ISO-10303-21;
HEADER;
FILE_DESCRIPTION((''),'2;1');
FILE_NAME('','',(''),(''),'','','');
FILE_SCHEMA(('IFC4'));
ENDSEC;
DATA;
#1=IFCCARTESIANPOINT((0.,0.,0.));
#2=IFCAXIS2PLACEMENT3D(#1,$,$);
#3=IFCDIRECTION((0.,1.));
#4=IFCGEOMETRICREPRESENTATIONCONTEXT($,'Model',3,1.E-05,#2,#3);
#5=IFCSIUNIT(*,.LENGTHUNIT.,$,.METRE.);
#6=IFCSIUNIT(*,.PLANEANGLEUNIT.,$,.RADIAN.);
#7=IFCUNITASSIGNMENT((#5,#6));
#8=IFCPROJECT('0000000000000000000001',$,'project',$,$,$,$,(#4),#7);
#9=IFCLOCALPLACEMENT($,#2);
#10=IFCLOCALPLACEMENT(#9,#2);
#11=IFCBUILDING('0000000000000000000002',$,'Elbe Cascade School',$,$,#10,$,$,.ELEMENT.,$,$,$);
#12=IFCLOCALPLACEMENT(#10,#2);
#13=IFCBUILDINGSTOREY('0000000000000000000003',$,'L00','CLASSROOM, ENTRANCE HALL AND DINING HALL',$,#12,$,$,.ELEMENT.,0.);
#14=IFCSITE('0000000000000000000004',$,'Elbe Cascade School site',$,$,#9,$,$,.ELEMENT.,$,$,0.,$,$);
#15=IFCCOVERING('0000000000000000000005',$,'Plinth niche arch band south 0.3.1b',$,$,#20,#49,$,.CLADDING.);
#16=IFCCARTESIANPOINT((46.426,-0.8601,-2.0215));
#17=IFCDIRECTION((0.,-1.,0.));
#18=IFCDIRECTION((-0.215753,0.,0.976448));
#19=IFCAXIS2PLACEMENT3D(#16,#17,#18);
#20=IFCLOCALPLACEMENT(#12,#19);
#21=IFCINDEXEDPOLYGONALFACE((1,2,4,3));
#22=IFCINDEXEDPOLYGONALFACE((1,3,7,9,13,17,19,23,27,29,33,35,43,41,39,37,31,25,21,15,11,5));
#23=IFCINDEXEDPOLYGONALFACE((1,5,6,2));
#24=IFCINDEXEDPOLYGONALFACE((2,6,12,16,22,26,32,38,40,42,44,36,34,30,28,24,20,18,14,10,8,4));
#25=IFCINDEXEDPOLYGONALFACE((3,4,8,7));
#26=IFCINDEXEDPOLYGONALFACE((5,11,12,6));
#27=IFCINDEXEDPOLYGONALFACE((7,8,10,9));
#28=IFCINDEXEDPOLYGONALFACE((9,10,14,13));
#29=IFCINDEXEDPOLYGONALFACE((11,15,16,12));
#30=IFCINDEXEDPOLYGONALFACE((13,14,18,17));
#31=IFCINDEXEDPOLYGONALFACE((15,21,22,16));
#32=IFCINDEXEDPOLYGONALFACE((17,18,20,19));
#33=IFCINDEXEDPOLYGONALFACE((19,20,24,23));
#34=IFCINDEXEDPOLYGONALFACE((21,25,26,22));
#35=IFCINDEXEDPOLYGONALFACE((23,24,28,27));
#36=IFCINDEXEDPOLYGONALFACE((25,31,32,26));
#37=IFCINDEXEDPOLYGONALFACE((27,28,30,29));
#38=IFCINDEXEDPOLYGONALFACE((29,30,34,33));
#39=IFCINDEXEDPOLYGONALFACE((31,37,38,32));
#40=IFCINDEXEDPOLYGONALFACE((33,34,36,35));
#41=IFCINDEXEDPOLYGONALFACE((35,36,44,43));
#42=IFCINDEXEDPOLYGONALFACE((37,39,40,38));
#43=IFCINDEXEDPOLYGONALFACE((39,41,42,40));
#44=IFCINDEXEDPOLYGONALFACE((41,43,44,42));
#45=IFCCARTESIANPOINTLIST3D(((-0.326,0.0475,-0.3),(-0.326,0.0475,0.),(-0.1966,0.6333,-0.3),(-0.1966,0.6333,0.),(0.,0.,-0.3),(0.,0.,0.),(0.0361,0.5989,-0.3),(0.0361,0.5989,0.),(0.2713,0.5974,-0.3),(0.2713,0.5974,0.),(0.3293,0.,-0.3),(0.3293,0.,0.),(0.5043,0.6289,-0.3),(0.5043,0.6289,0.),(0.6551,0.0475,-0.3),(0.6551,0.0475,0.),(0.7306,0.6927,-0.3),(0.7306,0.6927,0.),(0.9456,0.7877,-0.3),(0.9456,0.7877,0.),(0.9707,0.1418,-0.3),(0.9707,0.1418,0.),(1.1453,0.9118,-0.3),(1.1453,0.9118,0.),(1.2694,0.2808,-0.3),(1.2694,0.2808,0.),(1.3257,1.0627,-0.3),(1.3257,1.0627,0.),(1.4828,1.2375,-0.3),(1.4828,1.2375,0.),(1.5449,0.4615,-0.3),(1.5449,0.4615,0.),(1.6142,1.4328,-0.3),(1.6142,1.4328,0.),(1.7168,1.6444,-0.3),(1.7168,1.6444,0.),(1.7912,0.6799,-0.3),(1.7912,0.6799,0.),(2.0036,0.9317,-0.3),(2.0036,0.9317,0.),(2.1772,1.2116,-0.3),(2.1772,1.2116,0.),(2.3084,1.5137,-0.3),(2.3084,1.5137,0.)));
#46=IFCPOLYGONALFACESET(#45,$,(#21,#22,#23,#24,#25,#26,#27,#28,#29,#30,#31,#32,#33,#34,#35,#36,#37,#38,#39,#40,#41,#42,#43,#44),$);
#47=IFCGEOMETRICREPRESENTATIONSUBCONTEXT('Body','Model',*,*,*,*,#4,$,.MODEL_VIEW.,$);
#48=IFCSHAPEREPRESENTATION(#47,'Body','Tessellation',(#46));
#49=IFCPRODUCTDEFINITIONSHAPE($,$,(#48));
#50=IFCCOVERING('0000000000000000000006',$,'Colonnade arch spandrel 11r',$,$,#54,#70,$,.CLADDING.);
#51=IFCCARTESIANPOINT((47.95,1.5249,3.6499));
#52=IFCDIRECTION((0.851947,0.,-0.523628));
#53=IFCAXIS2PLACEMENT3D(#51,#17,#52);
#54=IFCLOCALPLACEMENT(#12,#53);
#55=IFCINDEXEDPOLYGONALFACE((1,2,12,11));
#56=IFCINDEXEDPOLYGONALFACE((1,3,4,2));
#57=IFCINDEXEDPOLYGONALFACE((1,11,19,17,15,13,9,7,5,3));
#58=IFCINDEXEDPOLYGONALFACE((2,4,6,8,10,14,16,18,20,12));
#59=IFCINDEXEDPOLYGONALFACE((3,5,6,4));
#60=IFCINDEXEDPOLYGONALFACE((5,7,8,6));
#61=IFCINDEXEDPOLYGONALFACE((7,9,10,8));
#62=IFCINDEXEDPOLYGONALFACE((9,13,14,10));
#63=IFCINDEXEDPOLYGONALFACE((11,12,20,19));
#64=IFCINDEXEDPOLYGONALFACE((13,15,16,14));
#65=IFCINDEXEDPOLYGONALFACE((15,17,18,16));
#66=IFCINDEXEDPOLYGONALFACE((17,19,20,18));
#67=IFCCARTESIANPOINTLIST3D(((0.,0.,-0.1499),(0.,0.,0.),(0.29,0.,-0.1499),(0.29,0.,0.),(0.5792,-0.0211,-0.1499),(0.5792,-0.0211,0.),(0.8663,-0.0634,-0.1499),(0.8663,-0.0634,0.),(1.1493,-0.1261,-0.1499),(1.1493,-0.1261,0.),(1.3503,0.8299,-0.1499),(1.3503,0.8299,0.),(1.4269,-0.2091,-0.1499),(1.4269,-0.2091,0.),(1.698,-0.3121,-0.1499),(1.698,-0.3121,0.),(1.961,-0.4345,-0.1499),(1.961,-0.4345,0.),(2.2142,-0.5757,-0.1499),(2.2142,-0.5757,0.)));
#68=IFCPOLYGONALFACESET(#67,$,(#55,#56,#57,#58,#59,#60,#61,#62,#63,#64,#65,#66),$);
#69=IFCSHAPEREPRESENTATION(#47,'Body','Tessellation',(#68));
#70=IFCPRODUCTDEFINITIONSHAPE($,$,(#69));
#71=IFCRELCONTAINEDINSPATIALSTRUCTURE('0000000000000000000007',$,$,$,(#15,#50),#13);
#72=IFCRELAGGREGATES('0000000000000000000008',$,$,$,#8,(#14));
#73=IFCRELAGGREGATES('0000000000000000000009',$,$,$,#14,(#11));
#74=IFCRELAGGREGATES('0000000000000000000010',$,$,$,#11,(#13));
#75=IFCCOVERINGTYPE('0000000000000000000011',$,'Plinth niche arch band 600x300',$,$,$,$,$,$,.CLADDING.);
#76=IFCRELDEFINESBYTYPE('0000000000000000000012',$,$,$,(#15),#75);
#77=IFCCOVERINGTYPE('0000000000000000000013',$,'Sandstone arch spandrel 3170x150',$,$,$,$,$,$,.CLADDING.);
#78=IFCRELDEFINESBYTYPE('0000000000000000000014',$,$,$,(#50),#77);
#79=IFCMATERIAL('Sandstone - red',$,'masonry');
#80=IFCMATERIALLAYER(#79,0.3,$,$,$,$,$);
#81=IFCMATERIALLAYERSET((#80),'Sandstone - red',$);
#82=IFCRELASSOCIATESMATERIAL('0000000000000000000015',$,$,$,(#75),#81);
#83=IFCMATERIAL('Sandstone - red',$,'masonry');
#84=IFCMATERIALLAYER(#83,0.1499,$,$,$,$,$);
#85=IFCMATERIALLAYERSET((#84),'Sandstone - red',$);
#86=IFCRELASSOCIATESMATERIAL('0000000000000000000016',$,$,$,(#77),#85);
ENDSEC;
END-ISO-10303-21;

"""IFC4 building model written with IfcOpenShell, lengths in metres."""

from ifc_helpers import new_model, si_unit, direction, frame, origin, place, context, subcontext, project, spatial, polyline, outline, extrude, material, layer, layer_set, type_object, element, save


model = new_model("IFC4")

# Units and contexts
model_context = context("Model", 3, precision=1e-05, world=origin(), true_north=direction((0.0, 1.0)))
body_context = subcontext(model_context, "Body", "Model", "MODEL_VIEW")
ifc_project = project(units=[si_unit("LENGTHUNIT", "METRE"), si_unit("PLANEANGLEUNIT", "RADIAN")], contexts=[model_context])

# Site, building, storey
site_placement = place(None, origin())
site = spatial("IfcSite", under=ifc_project, at=site_placement, Name="Elbe Cascade School site", CompositionType="ELEMENT", RefElevation=0.0)
building_placement = place(site_placement, origin())
building = spatial("IfcBuilding", under=site, at=building_placement, Name="Elbe Cascade School", CompositionType="ELEMENT")
storey_placement = place(building_placement, origin())
storey = spatial("IfcBuildingStorey", under=building, at=storey_placement, Name="L00", Description="CLASSROOM, ENTRANCE HALL AND DINING HALL", CompositionType="ELEMENT", Elevation=0.0)

# Coverings
ifc_material_1 = material(Name="Sandstone - red", Category="masonry")
ifc_layer_1 = layer(ifc_material_1, 0.3)
ifc_layer_set_1 = layer_set([ifc_layer_1], Name="Sandstone - red")
covering_type_1 = type_object("IfcCoveringType", Name="Plinth niche arch band 600x300", PredefinedType="CLADDING", material=ifc_layer_set_1)
covering_1_placement = place(storey_placement, frame((46.426, -0.8601, -2.0215), z_axis=(0.0, -1.0, 0.0), x_axis=(-0.215753, 0.0, 0.976448)))
element("IfcCovering", 1, at=covering_1_placement, inside=storey, type_object=covering_type_1, Name="Plinth niche arch band south 0.3.1b", PredefinedType="CLADDING", context=body_context, shape_type="SweptSolid", body=[
    extrude(outline(polyline([(0.0, 0.0), (0.3293, 0.0), (0.6551, 0.0475), (0.9707, 0.1418), (1.2694, 0.2808), (1.5449, 0.4615), (1.7912, 0.6799), (2.0036, 0.9317), (2.1772, 1.2116), (2.3084, 1.5137), (1.7168, 1.6444), (1.6142, 1.4328), (1.4828, 1.2375), (1.3257, 1.0627), (1.1453, 0.9118), (0.9456, 0.7877), (0.7306, 0.6927), (0.5043, 0.6289), (0.2713, 0.5974), (0.0361, 0.5989), (-0.1966, 0.6333), (-0.326, 0.0475), (0.0, 0.0)])), origin(), (0.0, 0.0, -1.0), 0.3),
])
ifc_material_2 = material(Name="Sandstone - red", Category="masonry")
ifc_layer_2 = layer(ifc_material_2, 0.1499)
ifc_layer_set_2 = layer_set([ifc_layer_2], Name="Sandstone - red")
covering_type_2 = type_object("IfcCoveringType", Name="Sandstone arch spandrel 3170x150", PredefinedType="CLADDING", material=ifc_layer_set_2)
covering_2_placement = place(storey_placement, frame((47.95, 1.5249, 3.6499), z_axis=(0.0, -1.0, 0.0), x_axis=(0.851947, 0.0, -0.523628)))
element("IfcCovering", 2, at=covering_2_placement, inside=storey, type_object=covering_type_2, Name="Colonnade arch spandrel 11r", PredefinedType="CLADDING", context=body_context, shape_type="SweptSolid", body=[
    extrude(outline(polyline([(0.0, 0.0), (0.29, 0.0), (0.5792, -0.0211), (0.8663, -0.0634), (1.1493, -0.1261), (1.4269, -0.2091), (1.698, -0.3121), (1.961, -0.4345), (2.2142, -0.5757), (1.3503, 0.8299), (0.0, 0.0)])), origin(), (0.0, 0.0, -1.0), 0.1499),
])

save(model, "model.ifc")
